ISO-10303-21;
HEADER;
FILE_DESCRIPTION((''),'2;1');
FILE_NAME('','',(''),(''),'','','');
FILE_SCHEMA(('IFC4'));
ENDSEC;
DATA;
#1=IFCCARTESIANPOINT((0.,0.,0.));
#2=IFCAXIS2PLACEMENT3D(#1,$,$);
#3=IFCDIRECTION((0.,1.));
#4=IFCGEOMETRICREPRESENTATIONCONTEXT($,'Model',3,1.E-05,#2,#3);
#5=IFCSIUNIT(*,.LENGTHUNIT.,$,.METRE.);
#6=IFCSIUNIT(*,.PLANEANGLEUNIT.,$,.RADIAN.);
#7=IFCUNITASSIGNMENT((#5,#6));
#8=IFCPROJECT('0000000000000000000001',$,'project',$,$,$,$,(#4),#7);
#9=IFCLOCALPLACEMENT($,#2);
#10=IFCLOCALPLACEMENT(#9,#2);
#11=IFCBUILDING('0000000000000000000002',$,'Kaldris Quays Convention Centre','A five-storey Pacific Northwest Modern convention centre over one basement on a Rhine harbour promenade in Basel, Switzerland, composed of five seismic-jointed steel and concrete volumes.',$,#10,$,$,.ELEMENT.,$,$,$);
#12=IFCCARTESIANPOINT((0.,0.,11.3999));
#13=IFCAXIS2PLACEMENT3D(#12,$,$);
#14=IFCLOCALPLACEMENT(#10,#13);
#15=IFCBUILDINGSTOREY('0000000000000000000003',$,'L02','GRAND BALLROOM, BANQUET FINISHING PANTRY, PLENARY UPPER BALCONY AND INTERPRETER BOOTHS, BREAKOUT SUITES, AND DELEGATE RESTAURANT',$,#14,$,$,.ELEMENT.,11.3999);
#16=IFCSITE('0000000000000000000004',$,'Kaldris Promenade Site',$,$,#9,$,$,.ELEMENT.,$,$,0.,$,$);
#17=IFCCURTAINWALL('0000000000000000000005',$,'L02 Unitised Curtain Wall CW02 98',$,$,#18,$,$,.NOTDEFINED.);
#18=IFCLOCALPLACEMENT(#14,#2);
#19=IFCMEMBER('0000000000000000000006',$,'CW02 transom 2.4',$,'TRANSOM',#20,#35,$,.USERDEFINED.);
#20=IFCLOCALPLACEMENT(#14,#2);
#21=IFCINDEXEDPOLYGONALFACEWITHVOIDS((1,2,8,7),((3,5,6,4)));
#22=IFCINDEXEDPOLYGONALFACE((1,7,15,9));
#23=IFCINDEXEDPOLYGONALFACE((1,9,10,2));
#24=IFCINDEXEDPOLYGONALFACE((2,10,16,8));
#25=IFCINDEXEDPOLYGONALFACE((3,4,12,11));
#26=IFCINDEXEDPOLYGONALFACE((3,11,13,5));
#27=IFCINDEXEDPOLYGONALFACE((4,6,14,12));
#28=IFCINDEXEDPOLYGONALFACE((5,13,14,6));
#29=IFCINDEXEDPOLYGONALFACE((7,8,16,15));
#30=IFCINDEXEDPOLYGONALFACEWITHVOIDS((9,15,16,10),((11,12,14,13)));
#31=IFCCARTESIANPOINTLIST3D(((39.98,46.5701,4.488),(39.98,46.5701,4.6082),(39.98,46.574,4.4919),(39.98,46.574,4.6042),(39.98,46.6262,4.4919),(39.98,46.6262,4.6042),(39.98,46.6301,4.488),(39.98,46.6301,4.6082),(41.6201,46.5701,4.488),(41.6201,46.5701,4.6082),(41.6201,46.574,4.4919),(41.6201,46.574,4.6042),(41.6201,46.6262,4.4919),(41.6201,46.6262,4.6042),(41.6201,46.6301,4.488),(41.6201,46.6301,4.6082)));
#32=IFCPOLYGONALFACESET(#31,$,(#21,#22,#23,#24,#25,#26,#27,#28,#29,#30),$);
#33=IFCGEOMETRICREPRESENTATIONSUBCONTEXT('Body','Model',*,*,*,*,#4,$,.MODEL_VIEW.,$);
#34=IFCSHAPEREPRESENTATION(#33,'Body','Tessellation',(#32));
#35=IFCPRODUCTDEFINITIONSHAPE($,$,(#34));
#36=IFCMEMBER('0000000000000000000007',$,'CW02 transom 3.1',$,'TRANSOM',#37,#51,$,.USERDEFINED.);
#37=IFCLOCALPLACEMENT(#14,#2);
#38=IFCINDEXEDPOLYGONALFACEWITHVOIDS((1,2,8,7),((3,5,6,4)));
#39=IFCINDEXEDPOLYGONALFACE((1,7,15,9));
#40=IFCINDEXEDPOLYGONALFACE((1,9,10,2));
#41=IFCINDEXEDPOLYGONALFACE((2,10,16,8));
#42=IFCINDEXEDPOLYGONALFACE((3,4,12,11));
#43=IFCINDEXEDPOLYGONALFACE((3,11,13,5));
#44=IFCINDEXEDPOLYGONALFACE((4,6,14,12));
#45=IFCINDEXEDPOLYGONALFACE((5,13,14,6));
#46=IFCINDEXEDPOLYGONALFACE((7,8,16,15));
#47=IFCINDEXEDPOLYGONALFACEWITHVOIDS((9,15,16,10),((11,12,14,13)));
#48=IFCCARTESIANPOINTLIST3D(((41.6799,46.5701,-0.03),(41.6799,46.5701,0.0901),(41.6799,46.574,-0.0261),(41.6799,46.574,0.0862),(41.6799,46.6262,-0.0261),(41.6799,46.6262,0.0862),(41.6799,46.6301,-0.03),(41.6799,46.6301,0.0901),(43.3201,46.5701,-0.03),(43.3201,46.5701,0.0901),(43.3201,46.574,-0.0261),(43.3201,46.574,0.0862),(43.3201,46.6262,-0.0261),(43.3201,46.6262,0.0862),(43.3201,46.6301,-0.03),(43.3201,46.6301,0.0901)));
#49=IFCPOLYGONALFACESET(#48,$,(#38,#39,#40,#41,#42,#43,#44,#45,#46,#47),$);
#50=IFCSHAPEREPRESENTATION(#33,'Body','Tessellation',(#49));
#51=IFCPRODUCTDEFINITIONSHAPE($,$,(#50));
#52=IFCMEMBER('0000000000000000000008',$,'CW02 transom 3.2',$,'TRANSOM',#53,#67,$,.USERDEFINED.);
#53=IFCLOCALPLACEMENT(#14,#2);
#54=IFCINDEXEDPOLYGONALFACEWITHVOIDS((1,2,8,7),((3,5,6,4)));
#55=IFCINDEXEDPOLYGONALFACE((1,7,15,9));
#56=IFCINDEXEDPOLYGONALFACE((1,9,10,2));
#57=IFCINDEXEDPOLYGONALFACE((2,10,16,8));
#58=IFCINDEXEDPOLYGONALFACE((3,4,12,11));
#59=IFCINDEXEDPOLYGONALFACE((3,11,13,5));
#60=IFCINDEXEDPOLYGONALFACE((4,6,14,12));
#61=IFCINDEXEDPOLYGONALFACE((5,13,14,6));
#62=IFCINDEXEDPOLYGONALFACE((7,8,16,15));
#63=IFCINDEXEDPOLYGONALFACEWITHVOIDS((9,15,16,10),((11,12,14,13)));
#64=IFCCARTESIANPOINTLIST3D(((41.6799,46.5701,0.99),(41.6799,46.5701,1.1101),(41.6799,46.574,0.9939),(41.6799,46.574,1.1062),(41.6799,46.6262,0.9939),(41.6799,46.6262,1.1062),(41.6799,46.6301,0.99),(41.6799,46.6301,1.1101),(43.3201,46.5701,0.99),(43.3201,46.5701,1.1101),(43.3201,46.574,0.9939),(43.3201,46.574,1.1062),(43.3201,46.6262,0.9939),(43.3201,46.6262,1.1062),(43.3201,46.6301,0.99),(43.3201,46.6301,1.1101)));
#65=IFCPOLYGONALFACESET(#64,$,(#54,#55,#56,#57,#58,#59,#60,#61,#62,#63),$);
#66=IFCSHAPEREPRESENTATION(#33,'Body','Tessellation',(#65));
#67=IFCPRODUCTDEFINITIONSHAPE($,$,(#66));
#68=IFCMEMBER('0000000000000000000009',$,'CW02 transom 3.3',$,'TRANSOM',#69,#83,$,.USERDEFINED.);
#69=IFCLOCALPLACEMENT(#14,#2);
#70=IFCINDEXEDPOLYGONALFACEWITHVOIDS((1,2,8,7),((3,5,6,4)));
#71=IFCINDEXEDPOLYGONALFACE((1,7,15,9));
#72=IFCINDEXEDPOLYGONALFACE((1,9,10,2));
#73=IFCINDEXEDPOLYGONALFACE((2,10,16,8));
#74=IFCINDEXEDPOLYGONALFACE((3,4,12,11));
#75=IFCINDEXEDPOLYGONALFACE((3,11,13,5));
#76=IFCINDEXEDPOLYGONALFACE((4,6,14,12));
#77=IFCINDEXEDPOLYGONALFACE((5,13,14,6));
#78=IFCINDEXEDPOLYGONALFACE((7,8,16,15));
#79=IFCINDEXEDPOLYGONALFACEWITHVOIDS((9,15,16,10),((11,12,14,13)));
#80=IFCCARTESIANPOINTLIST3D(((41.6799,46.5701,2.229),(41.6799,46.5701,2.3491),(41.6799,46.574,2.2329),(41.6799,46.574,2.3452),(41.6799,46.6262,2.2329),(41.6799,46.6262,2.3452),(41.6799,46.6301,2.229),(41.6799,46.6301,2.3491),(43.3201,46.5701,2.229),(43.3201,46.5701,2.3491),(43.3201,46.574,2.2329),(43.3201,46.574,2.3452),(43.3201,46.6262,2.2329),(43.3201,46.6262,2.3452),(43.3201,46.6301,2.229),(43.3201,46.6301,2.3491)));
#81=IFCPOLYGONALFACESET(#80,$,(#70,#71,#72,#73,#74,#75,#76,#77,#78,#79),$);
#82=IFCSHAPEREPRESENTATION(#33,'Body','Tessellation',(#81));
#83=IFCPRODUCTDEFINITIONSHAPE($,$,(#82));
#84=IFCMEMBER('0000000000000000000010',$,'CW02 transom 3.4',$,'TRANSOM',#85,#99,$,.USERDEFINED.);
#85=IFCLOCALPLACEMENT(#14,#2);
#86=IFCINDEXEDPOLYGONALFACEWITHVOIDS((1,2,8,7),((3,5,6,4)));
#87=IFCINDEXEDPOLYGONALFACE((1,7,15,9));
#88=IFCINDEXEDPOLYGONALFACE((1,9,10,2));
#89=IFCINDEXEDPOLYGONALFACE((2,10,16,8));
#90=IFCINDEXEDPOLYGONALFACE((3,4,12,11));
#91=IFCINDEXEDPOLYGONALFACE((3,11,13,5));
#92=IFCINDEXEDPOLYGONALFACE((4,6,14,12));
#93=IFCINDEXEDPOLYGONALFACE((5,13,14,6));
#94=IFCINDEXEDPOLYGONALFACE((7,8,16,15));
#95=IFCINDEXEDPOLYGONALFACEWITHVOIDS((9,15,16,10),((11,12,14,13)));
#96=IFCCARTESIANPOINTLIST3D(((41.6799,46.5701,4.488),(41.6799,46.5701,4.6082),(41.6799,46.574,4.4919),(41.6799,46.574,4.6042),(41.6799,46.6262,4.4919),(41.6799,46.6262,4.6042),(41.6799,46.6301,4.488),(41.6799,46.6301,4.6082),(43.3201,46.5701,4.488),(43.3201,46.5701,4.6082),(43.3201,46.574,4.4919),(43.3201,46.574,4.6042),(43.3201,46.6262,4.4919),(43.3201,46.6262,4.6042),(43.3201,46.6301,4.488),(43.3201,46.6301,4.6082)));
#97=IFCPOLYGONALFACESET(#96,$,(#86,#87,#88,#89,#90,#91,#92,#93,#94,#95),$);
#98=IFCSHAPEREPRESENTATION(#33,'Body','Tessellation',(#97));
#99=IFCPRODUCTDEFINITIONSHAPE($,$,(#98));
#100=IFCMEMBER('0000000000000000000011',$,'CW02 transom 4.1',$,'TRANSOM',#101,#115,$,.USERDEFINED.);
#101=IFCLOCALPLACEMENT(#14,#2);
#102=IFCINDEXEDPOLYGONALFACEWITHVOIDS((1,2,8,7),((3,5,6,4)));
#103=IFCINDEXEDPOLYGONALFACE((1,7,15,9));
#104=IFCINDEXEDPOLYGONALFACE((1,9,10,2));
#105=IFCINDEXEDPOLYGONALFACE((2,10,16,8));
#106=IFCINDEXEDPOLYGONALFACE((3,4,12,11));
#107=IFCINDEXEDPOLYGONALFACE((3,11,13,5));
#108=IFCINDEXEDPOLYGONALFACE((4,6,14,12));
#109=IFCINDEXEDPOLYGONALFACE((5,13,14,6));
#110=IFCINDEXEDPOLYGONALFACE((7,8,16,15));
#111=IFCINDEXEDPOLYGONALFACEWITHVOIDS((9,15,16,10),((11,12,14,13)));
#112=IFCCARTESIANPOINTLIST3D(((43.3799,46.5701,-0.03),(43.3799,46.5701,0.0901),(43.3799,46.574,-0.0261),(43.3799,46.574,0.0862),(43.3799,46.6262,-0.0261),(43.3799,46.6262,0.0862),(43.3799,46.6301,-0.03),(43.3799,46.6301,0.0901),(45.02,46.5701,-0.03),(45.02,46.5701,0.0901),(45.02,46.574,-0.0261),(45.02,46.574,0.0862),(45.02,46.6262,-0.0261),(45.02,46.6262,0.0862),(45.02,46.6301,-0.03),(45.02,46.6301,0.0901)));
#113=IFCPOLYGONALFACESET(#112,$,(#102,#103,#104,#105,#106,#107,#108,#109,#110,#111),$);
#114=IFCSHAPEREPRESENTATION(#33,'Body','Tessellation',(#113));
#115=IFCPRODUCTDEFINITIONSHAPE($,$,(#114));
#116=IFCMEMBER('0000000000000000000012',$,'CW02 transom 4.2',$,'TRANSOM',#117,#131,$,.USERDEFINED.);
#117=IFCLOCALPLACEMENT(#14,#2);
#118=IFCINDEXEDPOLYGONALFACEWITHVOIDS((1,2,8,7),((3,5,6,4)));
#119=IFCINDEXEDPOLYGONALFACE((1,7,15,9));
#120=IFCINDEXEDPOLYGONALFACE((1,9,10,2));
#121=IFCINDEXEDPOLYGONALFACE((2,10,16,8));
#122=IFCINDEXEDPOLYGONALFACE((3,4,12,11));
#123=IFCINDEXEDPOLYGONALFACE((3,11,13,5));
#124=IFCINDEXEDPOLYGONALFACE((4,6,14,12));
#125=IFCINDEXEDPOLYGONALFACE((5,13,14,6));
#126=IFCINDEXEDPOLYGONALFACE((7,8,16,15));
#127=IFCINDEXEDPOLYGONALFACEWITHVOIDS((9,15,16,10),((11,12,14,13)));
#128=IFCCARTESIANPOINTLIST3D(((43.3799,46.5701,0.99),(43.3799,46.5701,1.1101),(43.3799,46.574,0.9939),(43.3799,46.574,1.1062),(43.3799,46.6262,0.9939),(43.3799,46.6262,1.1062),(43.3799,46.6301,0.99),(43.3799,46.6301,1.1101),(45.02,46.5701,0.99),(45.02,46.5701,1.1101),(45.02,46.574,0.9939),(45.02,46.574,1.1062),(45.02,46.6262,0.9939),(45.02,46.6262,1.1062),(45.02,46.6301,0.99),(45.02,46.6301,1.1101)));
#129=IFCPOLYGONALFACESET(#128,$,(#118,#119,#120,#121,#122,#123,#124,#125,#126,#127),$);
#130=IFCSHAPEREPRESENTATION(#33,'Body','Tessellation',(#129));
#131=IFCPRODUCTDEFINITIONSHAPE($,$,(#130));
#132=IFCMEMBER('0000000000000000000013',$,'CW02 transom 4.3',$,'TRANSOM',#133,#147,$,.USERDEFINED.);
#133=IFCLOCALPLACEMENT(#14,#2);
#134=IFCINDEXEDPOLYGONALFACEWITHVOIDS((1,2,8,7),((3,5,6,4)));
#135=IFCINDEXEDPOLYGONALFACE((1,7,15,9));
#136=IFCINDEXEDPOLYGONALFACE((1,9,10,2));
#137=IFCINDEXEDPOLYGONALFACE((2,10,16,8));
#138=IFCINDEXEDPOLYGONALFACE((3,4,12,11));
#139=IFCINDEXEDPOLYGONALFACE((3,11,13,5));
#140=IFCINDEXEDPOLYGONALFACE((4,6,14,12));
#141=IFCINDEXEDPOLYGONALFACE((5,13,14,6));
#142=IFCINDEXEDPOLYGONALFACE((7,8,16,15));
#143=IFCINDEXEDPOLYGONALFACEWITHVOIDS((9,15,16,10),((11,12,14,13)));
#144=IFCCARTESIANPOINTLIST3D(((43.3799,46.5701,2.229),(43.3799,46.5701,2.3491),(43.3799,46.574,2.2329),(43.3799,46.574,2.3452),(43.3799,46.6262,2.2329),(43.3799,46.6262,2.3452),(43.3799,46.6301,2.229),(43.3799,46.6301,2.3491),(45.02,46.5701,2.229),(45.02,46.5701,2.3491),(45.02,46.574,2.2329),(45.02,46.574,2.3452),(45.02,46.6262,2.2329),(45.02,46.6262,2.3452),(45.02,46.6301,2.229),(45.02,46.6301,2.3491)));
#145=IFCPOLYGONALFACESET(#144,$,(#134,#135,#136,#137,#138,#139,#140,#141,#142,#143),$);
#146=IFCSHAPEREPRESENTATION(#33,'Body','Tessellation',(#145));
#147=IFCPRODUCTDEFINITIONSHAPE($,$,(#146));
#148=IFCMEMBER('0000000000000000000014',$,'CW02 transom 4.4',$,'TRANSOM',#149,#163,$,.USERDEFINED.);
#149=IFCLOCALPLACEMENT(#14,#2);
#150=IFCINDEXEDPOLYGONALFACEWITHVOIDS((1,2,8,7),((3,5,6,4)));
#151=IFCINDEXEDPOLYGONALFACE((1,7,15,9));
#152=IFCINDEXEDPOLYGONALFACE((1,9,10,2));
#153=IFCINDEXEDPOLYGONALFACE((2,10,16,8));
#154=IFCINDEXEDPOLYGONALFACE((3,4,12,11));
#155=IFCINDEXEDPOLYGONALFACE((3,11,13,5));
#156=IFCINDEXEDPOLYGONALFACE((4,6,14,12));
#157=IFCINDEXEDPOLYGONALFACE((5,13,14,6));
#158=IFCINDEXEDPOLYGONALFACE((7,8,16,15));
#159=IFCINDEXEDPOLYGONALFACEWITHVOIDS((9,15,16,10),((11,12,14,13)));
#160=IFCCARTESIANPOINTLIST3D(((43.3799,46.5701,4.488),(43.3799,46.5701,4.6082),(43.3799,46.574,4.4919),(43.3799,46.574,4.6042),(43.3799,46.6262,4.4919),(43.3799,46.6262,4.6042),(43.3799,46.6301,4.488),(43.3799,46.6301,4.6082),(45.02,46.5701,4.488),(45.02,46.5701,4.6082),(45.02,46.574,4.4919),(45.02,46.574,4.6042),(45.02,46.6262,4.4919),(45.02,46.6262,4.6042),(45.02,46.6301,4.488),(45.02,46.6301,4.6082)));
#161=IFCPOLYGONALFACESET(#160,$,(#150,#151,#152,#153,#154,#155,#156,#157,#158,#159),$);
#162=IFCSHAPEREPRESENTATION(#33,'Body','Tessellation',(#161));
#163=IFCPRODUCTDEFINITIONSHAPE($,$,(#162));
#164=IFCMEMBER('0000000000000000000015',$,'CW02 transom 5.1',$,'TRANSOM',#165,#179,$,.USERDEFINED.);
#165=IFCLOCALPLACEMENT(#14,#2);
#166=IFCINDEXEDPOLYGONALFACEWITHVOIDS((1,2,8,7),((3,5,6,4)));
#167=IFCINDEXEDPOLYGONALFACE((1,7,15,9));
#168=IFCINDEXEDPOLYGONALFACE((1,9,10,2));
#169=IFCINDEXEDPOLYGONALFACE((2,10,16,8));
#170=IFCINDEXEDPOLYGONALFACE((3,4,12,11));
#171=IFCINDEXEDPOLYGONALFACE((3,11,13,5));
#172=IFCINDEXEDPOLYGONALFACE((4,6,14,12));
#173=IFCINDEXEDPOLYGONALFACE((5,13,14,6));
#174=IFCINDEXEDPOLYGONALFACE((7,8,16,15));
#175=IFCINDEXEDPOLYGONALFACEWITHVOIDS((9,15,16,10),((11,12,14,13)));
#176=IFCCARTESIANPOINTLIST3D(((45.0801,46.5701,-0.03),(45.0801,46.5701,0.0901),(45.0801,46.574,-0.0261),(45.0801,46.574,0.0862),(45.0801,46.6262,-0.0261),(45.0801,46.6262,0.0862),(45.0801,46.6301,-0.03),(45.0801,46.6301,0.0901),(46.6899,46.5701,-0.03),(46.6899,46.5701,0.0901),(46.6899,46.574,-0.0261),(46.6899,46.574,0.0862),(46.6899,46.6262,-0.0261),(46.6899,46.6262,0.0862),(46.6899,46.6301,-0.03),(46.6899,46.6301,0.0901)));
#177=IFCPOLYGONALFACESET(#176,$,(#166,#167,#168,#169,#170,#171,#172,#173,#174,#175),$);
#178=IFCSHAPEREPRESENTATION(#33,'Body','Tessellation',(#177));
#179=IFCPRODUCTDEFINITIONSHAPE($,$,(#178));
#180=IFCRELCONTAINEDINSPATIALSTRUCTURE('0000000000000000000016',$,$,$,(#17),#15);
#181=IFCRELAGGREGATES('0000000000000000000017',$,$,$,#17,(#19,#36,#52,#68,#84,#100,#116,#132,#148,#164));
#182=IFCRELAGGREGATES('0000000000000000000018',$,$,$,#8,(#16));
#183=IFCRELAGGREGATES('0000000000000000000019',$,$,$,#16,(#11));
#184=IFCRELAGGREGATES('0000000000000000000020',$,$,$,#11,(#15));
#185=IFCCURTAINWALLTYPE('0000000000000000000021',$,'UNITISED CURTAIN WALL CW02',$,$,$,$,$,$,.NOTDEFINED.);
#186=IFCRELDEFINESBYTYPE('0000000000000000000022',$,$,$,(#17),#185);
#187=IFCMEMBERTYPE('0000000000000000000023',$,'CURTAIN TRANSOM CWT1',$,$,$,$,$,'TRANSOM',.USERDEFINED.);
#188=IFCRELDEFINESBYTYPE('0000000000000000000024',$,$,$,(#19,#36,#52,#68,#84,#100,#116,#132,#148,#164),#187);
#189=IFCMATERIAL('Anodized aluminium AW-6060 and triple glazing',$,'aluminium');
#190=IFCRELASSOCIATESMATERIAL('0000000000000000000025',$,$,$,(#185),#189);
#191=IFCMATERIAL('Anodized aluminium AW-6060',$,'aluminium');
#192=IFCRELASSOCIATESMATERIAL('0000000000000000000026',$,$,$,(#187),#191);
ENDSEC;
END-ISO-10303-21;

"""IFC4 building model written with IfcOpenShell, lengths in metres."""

from ifc_helpers import new_model, si_unit, direction, frame, origin, origin_2d, place, context, subcontext, project, spatial, hollow_rectangle, extrude, material, material_profile, profile_set, type_object, element, aggregate, save


model = new_model("IFC4")

# Units and contexts
model_context = context("Model", 3, precision=1e-05, world=origin(), true_north=direction((0.0, 1.0)))
body_context = subcontext(model_context, "Body", "Model", "MODEL_VIEW")
ifc_project = project(units=[si_unit("LENGTHUNIT", "METRE"), si_unit("PLANEANGLEUNIT", "RADIAN")], contexts=[model_context])

# Site, building, storey
site_placement = place(None, origin())
site = spatial("IfcSite", under=ifc_project, at=site_placement, Name="Kaldris Promenade Site", CompositionType="ELEMENT", RefElevation=0.0)
building_placement = place(site_placement, origin())
building = spatial("IfcBuilding", under=site, at=building_placement, Name="Kaldris Quays Convention Centre", Description="A five-storey Pacific Northwest Modern convention centre over one basement on a Rhine harbour promenade in Basel, Switzerland, composed of five seismic-jointed steel and concrete volumes.", CompositionType="ELEMENT")
storey_placement = place(building_placement, frame((0.0, 0.0, 11.3999)))
storey = spatial("IfcBuildingStorey", under=building, at=storey_placement, Name="L02", Description="GRAND BALLROOM, BANQUET FINISHING PANTRY, PLENARY UPPER BALCONY AND INTERPRETER BOOTHS, BREAKOUT SUITES, AND DELEGATE RESTAURANT", CompositionType="ELEMENT", Elevation=11.3999)

# Curtain wall, members
ifc_material_1 = material(Name="Anodized aluminium AW-6060 and triple glazing", Category="aluminium")
curtain_wall_type = type_object("IfcCurtainWallType", Name="UNITISED CURTAIN WALL CW02", PredefinedType="NOTDEFINED", material=ifc_material_1)
curtain_wall_placement = place(storey_placement, origin())
curtain_wall = element("IfcCurtainWall", 1, at=curtain_wall_placement, inside=storey, type_object=curtain_wall_type, Name="L02 Unitised Curtain Wall CW02 98", PredefinedType="NOTDEFINED")
ifc_material_2 = material(Name="Anodized aluminium AW-6060", Category="aluminium")
ifc_material_profile_1 = material_profile(ifc_material_2, hollow_rectangle(XDim=0.0601, YDim=0.1201, WallThickness=0.0039, at=origin_2d()), Name="RHS 120x60x4")
ifc_profile_set_1 = profile_set([ifc_material_profile_1], Name="Anodized aluminium AW-6060")
member_type_1 = type_object("IfcMemberType", Name="CURTAIN TRANSOM CWT1", ElementType="TRANSOM", PredefinedType="USERDEFINED", material=ifc_profile_set_1)
member_1_placement = place(storey_placement, frame((39.98, 46.6001, 4.5481), z_axis=(1.0, 0.0, 0.0), x_axis=(0.0, 1.0, 0.0)))
member_1 = element("IfcMember", 2, at=member_1_placement, type_object=member_type_1, Name="CW02 transom 2.4", ObjectType="TRANSOM", PredefinedType="USERDEFINED", context=body_context, shape_type="SweptSolid", body=[
    extrude(hollow_rectangle(XDim=0.0601, YDim=0.1201, WallThickness=0.0039, at=origin_2d()), origin(), (0.0, 0.0, 1.0), 1.6401),
])
member_2_placement = place(storey_placement, frame((41.6799, 46.6001, 0.03), z_axis=(1.0, 0.0, 0.0), x_axis=(0.0, 1.0, 0.0)))
member_2 = element("IfcMember", 3, at=member_2_placement, type_object=member_type_1, Name="CW02 transom 3.1", ObjectType="TRANSOM", PredefinedType="USERDEFINED", context=body_context, shape_type="SweptSolid", body=[
    extrude(hollow_rectangle(XDim=0.0601, YDim=0.1201, WallThickness=0.0039, at=origin_2d()), origin(), (0.0, 0.0, 1.0), 1.6401),
])
member_3_placement = place(storey_placement, frame((41.6799, 46.6001, 1.05), z_axis=(1.0, 0.0, 0.0), x_axis=(0.0, 1.0, 0.0)))
member_3 = element("IfcMember", 4, at=member_3_placement, type_object=member_type_1, Name="CW02 transom 3.2", ObjectType="TRANSOM", PredefinedType="USERDEFINED", context=body_context, shape_type="SweptSolid", body=[
    extrude(hollow_rectangle(XDim=0.0601, YDim=0.1201, WallThickness=0.0039, at=origin_2d()), origin(), (0.0, 0.0, 1.0), 1.6401),
])
member_4_placement = place(storey_placement, frame((41.6799, 46.6001, 2.2891), z_axis=(1.0, 0.0, 0.0), x_axis=(0.0, 1.0, 0.0)))
member_4 = element("IfcMember", 5, at=member_4_placement, type_object=member_type_1, Name="CW02 transom 3.3", ObjectType="TRANSOM", PredefinedType="USERDEFINED", context=body_context, shape_type="SweptSolid", body=[
    extrude(hollow_rectangle(XDim=0.0601, YDim=0.1201, WallThickness=0.0039, at=origin_2d()), origin(), (0.0, 0.0, 1.0), 1.6401),
])
member_5_placement = place(storey_placement, frame((41.6799, 46.6001, 4.5481), z_axis=(1.0, 0.0, 0.0), x_axis=(0.0, 1.0, 0.0)))
member_5 = element("IfcMember", 6, at=member_5_placement, type_object=member_type_1, Name="CW02 transom 3.4", ObjectType="TRANSOM", PredefinedType="USERDEFINED", context=body_context, shape_type="SweptSolid", body=[
    extrude(hollow_rectangle(XDim=0.0601, YDim=0.1201, WallThickness=0.0039, at=origin_2d()), origin(), (0.0, 0.0, 1.0), 1.6401),
])
member_6_placement = place(storey_placement, frame((43.3799, 46.6001, 0.03), z_axis=(1.0, 0.0, 0.0), x_axis=(0.0, 1.0, 0.0)))
member_6 = element("IfcMember", 7, at=member_6_placement, type_object=member_type_1, Name="CW02 transom 4.1", ObjectType="TRANSOM", PredefinedType="USERDEFINED", context=body_context, shape_type="SweptSolid", body=[
    extrude(hollow_rectangle(XDim=0.0601, YDim=0.1201, WallThickness=0.0039, at=origin_2d()), origin(), (0.0, 0.0, 1.0), 1.6401),
])
member_7_placement = place(storey_placement, frame((43.3799, 46.6001, 1.05), z_axis=(1.0, 0.0, 0.0), x_axis=(0.0, 1.0, 0.0)))
member_7 = element("IfcMember", 8, at=member_7_placement, type_object=member_type_1, Name="CW02 transom 4.2", ObjectType="TRANSOM", PredefinedType="USERDEFINED", context=body_context, shape_type="SweptSolid", body=[
    extrude(hollow_rectangle(XDim=0.0601, YDim=0.1201, WallThickness=0.0039, at=origin_2d()), origin(), (0.0, 0.0, 1.0), 1.6401),
])
member_8_placement = place(storey_placement, frame((43.3799, 46.6001, 2.2891), z_axis=(1.0, 0.0, 0.0), x_axis=(0.0, 1.0, 0.0)))
member_8 = element("IfcMember", 9, at=member_8_placement, type_object=member_type_1, Name="CW02 transom 4.3", ObjectType="TRANSOM", PredefinedType="USERDEFINED", context=body_context, shape_type="SweptSolid", body=[
    extrude(hollow_rectangle(XDim=0.0601, YDim=0.1201, WallThickness=0.0039, at=origin_2d()), origin(), (0.0, 0.0, 1.0), 1.6401),
])
member_9_placement = place(storey_placement, frame((43.3799, 46.6001, 4.5481), z_axis=(1.0, 0.0, 0.0), x_axis=(0.0, 1.0, 0.0)))
member_9 = element("IfcMember", 10, at=member_9_placement, type_object=member_type_1, Name="CW02 transom 4.4", ObjectType="TRANSOM", PredefinedType="USERDEFINED", context=body_context, shape_type="SweptSolid", body=[
    extrude(hollow_rectangle(XDim=0.0601, YDim=0.1201, WallThickness=0.0039, at=origin_2d()), origin(), (0.0, 0.0, 1.0), 1.6401),
])
member_10_placement = place(storey_placement, frame((45.0801, 46.6001, 0.03), z_axis=(1.0, 0.0, 0.0), x_axis=(0.0, 1.0, 0.0)))
member_10 = element("IfcMember", 11, at=member_10_placement, type_object=member_type_1, Name="CW02 transom 5.1", ObjectType="TRANSOM", PredefinedType="USERDEFINED", context=body_context, shape_type="SweptSolid", body=[
    extrude(hollow_rectangle(XDim=0.0601, YDim=0.1201, WallThickness=0.0039, at=origin_2d()), origin(), (0.0, 0.0, 1.0), 1.6099),
])

aggregate(curtain_wall, [member_1, member_2, member_3, member_4, member_5, member_6, member_7, member_8, member_9, member_10])

save(model, "model.ifc")
